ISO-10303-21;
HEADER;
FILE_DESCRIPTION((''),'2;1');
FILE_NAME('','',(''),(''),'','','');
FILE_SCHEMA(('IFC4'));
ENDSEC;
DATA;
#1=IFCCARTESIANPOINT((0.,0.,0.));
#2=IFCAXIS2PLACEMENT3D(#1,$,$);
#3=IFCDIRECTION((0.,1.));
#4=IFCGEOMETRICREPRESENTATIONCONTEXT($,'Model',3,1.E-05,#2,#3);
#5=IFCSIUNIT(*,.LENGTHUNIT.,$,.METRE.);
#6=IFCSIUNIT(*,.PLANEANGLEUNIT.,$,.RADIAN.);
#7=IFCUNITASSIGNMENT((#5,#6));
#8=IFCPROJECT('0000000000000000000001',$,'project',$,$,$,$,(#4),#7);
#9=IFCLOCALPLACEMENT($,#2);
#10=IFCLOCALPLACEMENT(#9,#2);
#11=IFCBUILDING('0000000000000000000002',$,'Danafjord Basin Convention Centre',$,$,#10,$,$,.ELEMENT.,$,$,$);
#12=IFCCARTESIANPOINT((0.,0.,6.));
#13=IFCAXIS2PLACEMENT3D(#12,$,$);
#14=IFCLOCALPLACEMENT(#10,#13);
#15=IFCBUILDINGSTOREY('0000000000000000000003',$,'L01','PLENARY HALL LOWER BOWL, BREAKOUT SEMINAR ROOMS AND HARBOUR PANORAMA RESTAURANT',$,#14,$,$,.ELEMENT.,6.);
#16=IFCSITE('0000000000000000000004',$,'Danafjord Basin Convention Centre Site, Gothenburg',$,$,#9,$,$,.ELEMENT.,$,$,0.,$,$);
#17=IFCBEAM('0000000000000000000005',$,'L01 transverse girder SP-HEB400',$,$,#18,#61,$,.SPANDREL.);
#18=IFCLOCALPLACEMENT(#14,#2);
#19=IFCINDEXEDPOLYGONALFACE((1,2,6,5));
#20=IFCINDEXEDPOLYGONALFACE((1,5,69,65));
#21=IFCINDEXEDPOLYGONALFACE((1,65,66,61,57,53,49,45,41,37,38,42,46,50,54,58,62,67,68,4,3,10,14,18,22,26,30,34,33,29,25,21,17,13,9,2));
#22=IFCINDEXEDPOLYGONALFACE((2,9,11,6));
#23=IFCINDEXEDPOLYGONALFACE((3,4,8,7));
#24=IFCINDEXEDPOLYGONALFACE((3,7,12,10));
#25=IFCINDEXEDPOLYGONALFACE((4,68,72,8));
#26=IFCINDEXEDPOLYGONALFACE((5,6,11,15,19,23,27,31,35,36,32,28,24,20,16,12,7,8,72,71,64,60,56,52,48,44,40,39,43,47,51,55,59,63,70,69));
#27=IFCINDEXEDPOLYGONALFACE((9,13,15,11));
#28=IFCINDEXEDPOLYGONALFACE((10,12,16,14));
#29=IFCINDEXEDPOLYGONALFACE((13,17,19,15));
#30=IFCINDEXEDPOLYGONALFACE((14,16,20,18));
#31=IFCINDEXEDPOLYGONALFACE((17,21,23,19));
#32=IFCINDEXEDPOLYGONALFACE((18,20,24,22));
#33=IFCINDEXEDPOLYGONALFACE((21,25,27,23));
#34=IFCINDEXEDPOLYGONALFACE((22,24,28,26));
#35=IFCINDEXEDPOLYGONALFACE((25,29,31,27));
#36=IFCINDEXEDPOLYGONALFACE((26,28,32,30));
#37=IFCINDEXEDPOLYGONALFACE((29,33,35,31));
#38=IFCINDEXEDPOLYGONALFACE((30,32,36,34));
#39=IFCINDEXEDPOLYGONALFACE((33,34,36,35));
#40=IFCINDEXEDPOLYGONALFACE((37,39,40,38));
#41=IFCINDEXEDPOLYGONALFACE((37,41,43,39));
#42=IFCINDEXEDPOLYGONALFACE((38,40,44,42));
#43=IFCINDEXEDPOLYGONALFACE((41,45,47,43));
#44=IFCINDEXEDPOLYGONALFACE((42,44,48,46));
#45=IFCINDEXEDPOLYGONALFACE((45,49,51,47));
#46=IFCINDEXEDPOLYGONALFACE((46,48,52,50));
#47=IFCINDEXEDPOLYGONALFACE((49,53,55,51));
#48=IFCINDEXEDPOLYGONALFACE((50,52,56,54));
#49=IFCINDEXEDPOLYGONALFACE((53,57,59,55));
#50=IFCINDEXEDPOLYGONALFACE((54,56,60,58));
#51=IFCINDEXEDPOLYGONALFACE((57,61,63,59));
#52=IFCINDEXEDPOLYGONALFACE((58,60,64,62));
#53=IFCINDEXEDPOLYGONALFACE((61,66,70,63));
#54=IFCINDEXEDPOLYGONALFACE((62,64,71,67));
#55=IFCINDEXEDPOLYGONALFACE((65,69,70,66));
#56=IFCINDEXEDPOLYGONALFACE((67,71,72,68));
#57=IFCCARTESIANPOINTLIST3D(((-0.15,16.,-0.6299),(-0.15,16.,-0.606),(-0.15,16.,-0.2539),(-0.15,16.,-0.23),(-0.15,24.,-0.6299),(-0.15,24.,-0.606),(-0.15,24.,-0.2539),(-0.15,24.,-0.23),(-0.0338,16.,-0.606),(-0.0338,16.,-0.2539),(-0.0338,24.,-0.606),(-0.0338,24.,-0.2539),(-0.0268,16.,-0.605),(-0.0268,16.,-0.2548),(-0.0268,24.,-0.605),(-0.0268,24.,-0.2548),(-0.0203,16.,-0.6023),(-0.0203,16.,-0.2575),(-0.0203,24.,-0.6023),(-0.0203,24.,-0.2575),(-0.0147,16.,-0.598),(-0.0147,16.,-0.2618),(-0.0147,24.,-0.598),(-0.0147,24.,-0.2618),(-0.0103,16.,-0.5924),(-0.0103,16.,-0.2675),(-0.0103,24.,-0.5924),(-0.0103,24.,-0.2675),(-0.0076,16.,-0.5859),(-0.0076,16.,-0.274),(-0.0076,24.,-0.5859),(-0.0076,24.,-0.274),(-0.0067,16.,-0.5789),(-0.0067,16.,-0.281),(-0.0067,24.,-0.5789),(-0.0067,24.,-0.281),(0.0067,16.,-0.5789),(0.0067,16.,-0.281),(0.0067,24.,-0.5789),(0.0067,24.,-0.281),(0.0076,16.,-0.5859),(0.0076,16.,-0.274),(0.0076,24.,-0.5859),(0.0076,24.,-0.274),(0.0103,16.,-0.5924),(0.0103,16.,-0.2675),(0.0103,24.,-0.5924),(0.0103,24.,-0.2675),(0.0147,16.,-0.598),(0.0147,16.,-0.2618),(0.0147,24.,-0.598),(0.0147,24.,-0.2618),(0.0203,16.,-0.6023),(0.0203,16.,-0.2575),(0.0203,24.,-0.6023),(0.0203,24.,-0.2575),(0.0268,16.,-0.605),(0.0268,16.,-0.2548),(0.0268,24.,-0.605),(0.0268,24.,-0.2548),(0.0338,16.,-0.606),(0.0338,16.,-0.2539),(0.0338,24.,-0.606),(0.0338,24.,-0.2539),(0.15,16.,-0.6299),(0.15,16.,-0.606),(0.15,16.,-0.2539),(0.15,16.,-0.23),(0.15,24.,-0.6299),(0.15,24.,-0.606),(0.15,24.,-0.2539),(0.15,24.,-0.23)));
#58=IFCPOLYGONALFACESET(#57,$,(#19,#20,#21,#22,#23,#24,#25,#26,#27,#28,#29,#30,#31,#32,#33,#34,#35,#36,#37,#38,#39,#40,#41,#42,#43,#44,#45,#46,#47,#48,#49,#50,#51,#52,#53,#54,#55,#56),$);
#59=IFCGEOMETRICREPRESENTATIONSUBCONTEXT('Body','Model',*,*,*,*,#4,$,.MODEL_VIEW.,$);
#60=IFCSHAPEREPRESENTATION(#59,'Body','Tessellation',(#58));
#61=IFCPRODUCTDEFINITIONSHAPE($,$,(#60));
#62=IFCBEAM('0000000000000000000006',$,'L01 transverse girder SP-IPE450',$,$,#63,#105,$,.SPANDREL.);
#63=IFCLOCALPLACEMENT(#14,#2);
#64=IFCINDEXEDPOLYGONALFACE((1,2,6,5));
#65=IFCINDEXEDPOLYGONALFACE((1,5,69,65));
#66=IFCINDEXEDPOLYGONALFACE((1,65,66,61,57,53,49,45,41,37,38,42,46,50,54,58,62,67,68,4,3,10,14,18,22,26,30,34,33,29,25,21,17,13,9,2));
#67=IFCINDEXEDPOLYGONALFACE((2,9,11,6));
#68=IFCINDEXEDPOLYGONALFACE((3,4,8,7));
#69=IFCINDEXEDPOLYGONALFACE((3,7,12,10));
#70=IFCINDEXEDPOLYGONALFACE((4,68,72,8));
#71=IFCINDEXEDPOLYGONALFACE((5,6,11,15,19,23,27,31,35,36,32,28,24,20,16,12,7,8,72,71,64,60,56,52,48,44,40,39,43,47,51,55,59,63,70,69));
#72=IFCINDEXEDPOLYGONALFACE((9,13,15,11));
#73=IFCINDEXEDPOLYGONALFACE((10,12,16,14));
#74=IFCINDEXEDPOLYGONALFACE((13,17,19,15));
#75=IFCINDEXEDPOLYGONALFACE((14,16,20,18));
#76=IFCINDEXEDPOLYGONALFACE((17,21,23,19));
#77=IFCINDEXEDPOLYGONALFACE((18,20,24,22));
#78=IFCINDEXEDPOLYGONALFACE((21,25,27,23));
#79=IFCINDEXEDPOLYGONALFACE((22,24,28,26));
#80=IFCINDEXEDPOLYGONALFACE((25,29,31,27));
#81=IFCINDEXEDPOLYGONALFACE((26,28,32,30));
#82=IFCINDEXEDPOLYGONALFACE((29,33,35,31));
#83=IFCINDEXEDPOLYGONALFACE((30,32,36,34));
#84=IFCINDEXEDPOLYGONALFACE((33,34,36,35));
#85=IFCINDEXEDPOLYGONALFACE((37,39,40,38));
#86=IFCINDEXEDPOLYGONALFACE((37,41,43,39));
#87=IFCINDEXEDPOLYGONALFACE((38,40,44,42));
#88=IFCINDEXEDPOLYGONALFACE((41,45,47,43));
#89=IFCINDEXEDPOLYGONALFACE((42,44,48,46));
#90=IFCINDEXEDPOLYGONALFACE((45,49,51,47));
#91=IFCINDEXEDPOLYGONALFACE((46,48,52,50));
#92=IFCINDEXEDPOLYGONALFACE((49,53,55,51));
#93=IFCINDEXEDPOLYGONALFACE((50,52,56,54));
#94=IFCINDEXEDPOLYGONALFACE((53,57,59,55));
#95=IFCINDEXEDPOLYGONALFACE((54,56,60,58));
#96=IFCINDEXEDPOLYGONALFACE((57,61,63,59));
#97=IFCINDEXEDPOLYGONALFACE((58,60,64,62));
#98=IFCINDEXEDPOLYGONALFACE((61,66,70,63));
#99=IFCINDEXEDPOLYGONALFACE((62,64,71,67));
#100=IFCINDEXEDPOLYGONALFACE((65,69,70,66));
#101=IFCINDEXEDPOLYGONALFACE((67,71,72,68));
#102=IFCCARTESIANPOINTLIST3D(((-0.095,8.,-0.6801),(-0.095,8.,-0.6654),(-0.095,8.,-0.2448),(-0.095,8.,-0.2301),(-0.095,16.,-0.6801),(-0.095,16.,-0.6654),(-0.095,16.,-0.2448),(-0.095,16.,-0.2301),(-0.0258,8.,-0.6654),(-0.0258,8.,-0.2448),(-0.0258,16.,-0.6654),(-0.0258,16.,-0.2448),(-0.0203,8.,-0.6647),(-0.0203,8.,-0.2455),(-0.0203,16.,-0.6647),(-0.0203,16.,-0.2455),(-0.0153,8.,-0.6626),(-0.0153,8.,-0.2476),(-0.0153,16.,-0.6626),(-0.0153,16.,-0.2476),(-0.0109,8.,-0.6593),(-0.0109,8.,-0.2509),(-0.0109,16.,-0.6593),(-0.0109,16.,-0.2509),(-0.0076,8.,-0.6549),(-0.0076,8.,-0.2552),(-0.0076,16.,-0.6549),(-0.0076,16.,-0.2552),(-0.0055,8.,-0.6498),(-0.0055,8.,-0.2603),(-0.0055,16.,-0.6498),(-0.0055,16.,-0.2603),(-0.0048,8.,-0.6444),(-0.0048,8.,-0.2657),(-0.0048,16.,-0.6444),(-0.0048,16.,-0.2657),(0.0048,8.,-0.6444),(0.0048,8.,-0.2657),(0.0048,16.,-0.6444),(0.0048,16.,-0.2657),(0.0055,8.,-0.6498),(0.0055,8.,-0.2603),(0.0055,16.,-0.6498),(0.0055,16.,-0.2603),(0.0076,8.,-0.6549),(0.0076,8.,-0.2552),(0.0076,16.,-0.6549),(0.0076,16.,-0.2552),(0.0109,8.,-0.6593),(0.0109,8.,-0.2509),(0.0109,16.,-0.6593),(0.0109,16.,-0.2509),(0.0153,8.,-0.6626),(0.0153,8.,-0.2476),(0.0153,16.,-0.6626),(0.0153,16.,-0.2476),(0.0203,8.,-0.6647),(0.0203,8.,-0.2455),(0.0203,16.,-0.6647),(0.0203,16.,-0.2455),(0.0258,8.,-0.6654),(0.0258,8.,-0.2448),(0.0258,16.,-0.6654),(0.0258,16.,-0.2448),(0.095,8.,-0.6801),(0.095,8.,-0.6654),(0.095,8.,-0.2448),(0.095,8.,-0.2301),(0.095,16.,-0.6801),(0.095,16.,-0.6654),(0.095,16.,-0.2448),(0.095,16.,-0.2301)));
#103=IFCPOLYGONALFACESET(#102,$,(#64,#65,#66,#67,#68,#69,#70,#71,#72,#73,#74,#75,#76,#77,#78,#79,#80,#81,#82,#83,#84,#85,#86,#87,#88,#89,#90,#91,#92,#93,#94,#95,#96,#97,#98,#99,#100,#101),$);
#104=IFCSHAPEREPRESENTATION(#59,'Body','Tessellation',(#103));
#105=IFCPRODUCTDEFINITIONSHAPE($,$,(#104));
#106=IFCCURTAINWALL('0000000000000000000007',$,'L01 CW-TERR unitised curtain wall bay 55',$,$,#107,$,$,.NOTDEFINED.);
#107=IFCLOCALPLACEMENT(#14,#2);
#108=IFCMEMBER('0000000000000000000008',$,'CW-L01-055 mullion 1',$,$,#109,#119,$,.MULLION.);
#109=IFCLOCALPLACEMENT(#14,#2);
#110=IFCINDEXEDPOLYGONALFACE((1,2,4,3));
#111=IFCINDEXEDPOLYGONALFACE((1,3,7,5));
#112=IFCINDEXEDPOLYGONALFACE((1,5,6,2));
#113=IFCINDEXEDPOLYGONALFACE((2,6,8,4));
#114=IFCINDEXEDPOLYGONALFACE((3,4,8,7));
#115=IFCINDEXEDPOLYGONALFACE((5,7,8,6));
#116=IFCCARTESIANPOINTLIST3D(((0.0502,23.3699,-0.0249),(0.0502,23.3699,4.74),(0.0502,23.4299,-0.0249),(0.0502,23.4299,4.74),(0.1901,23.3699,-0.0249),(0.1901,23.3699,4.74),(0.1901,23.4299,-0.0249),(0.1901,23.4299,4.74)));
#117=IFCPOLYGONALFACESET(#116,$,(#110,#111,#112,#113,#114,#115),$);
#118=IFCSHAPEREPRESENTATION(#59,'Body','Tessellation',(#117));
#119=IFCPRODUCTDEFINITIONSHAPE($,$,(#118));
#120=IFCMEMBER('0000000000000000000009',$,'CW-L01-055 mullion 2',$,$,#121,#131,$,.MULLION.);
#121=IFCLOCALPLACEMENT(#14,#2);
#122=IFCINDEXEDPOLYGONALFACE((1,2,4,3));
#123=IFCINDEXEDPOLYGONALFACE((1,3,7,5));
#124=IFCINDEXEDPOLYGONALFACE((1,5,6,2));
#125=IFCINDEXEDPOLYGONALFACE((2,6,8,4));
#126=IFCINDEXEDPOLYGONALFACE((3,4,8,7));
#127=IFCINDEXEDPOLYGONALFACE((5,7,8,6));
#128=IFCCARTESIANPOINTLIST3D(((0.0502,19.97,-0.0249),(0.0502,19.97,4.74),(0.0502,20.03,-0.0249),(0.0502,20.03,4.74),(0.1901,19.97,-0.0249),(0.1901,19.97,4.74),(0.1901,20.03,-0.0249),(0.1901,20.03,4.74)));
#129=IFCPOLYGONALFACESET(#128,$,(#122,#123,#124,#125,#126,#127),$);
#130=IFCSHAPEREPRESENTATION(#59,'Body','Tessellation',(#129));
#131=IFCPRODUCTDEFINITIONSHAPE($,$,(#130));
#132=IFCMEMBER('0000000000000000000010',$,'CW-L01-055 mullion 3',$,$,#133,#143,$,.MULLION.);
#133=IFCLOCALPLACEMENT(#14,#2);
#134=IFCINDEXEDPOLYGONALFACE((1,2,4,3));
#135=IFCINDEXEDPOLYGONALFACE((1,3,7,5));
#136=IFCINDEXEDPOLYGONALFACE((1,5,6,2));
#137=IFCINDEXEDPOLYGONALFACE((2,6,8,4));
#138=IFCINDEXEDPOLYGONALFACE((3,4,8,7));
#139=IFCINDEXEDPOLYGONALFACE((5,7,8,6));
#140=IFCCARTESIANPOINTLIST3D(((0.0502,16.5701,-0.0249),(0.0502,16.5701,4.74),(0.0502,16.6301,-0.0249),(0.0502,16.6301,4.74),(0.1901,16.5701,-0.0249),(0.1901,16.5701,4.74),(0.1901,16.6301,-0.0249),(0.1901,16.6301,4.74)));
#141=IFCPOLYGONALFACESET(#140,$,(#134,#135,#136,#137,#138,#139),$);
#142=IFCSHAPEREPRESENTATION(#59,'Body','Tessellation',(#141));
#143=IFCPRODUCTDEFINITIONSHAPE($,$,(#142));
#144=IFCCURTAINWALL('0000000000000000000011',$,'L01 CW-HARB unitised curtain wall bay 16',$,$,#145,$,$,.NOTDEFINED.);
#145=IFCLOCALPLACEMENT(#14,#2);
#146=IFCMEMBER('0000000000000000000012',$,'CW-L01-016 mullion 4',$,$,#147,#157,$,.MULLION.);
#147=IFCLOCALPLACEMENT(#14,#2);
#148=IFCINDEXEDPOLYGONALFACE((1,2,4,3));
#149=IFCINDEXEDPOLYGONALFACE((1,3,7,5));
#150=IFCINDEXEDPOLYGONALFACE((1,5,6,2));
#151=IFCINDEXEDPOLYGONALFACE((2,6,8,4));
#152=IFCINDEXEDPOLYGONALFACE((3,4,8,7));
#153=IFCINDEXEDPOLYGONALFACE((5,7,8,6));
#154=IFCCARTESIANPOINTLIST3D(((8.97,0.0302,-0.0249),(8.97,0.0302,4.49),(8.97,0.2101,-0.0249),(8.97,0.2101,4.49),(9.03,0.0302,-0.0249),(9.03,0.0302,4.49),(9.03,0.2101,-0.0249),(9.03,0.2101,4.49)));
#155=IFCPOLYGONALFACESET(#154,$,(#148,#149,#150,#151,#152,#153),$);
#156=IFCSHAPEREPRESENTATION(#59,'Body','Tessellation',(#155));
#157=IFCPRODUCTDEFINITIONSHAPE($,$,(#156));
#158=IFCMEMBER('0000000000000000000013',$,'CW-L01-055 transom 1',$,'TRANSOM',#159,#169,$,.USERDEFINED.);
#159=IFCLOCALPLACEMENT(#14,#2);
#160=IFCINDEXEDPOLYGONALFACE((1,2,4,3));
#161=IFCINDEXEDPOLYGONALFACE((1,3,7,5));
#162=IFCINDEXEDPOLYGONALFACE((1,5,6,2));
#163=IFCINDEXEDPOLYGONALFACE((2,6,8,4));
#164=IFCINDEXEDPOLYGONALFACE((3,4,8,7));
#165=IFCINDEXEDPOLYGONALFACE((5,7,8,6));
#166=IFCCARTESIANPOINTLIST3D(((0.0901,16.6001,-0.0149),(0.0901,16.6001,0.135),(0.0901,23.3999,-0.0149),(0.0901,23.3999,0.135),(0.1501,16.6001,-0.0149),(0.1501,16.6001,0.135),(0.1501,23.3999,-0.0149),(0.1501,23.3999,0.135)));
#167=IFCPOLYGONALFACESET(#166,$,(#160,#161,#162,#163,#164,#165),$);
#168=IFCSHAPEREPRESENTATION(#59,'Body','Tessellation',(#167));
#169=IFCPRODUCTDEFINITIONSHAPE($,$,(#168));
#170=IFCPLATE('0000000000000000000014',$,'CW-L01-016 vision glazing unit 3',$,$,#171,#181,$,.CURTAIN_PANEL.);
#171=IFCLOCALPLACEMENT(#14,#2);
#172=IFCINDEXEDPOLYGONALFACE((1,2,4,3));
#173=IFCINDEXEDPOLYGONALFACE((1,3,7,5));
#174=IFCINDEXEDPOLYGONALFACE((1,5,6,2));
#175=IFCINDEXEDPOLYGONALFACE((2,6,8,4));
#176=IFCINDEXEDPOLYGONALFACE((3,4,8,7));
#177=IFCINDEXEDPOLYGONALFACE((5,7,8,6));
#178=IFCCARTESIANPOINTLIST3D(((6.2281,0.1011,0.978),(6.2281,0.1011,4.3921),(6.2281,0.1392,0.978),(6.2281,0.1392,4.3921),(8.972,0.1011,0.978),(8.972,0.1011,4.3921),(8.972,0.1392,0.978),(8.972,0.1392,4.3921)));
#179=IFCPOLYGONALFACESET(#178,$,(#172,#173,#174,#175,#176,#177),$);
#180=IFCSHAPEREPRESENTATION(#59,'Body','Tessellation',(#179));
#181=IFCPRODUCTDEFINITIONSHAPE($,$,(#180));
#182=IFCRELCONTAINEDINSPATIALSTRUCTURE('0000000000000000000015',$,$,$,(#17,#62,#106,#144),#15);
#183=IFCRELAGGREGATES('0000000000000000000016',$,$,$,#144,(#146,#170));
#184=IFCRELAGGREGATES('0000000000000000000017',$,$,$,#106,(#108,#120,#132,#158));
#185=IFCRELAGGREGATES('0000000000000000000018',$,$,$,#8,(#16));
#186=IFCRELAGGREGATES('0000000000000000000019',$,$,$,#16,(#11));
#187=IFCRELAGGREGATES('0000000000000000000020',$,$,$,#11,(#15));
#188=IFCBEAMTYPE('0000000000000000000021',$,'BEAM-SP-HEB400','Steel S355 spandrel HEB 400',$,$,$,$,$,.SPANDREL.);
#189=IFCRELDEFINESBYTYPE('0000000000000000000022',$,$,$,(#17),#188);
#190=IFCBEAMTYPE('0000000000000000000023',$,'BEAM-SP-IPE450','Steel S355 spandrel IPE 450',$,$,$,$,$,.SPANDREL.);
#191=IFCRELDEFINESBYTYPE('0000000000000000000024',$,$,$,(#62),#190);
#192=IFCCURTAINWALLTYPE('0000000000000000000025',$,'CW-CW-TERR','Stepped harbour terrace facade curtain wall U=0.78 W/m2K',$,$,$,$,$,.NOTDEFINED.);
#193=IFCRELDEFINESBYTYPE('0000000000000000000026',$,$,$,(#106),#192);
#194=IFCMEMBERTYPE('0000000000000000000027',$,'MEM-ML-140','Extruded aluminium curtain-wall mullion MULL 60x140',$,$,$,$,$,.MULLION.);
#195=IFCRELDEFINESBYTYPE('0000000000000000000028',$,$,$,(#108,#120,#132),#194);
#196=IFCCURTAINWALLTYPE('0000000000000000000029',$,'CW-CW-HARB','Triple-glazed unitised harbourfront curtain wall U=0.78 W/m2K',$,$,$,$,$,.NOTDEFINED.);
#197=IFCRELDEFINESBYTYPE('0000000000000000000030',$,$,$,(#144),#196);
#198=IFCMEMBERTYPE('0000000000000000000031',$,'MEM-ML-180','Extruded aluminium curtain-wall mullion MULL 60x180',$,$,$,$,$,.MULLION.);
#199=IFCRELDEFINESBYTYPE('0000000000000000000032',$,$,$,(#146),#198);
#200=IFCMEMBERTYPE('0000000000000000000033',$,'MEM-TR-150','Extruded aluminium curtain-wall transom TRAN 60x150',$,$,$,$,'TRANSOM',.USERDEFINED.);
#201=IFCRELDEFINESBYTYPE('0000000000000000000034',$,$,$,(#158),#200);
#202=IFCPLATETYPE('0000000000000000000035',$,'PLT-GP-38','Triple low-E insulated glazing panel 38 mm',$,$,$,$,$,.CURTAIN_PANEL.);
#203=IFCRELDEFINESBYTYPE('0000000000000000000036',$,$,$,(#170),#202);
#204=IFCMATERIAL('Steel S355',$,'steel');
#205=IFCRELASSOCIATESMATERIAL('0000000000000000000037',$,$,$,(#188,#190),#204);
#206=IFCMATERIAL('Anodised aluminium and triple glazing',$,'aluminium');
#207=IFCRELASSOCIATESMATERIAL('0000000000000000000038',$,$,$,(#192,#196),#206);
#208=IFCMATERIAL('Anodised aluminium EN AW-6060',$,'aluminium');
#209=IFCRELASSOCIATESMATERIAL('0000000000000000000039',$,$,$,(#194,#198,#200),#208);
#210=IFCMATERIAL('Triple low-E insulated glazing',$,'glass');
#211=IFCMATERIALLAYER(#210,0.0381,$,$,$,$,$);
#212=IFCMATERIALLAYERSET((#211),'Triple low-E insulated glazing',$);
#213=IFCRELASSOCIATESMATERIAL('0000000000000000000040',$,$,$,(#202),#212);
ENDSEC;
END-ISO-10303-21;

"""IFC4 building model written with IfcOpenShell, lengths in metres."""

from ifc_helpers import new_model, si_unit, direction, frame, origin, origin_2d, place, context, subcontext, project, spatial, rectangle, i_section, extrude, material, layer, layer_set, material_profile, profile_set, type_object, element, aggregate, save


model = new_model("IFC4")

# Units and contexts
model_context = context("Model", 3, precision=1e-05, world=origin(), true_north=direction((0.0, 1.0)))
body_context = subcontext(model_context, "Body", "Model", "MODEL_VIEW")
ifc_project = project(units=[si_unit("LENGTHUNIT", "METRE"), si_unit("PLANEANGLEUNIT", "RADIAN")], contexts=[model_context])

# Site, building, storey
site_placement = place(None, origin())
site = spatial("IfcSite", under=ifc_project, at=site_placement, Name="Danafjord Basin Convention Centre Site, Gothenburg", CompositionType="ELEMENT", RefElevation=0.0)
building_placement = place(site_placement, origin())
building = spatial("IfcBuilding", under=site, at=building_placement, Name="Danafjord Basin Convention Centre", CompositionType="ELEMENT")
storey_placement = place(building_placement, frame((0.0, 0.0, 6.0)))
storey = spatial("IfcBuildingStorey", under=building, at=storey_placement, Name="L01", Description="PLENARY HALL LOWER BOWL, BREAKOUT SEMINAR ROOMS AND HARBOUR PANORAMA RESTAURANT", CompositionType="ELEMENT", Elevation=6.0)

# Shared definitions
ifc_material_1 = material(Name="Steel S355", Category="steel")

# Beams
ifc_material_profile_1 = material_profile(ifc_material_1, i_section(OverallWidth=0.3, OverallDepth=0.3999, WebThickness=0.0134, FlangeThickness=0.0239, FilletRadius=0.0271, at=origin_2d()), Name="HEB 400")
ifc_profile_set_1 = profile_set([ifc_material_profile_1], Name="Steel S355")
beam_type_1 = type_object("IfcBeamType", Name="BEAM-SP-HEB400", Description="Steel S355 spandrel HEB 400", PredefinedType="SPANDREL", material=ifc_profile_set_1)
beam_1_placement = place(storey_placement, frame((0.0, 16.0, -0.4299), z_axis=(0.0, 1.0, 0.0), x_axis=(-1.0, 0.0, 0.0)))
element("IfcBeam", 1, at=beam_1_placement, inside=storey, type_object=beam_type_1, Name="L01 transverse girder SP-HEB400", PredefinedType="SPANDREL", context=body_context, shape_type="SweptSolid", body=[
    extrude(i_section(OverallWidth=0.3, OverallDepth=0.3999, WebThickness=0.0134, FlangeThickness=0.0239, FilletRadius=0.0271, at=origin_2d()), origin(), (0.0, 0.0, 1.0), 8.0),
])
ifc_material_profile_2 = material_profile(ifc_material_1, i_section(OverallWidth=0.1899, OverallDepth=0.45, WebThickness=0.0095, FlangeThickness=0.0146, FilletRadius=0.021, at=origin_2d()), Name="IPE 450")
ifc_profile_set_2 = profile_set([ifc_material_profile_2], Name="Steel S355")
beam_type_2 = type_object("IfcBeamType", Name="BEAM-SP-IPE450", Description="Steel S355 spandrel IPE 450", PredefinedType="SPANDREL", material=ifc_profile_set_2)
beam_2_placement = place(storey_placement, frame((0.0, 8.0, -0.4551), z_axis=(0.0, 1.0, 0.0), x_axis=(-1.0, 0.0, 0.0)))
element("IfcBeam", 2, at=beam_2_placement, inside=storey, type_object=beam_type_2, Name="L01 transverse girder SP-IPE450", PredefinedType="SPANDREL", context=body_context, shape_type="SweptSolid", body=[
    extrude(i_section(OverallWidth=0.1899, OverallDepth=0.45, WebThickness=0.0095, FlangeThickness=0.0146, FilletRadius=0.021, at=origin_2d()), origin(), (0.0, 0.0, 1.0), 8.0),
])

# Curtain wall, members
ifc_material_2 = material(Name="Anodised aluminium and triple glazing", Category="aluminium")
curtain_wall_type_1 = type_object("IfcCurtainWallType", Name="CW-CW-TERR", Description="Stepped harbour terrace facade curtain wall U=0.78 W/m2K", PredefinedType="NOTDEFINED", material=ifc_material_2)
curtain_wall_1_placement = place(storey_placement, origin())
curtain_wall_1 = element("IfcCurtainWall", 3, at=curtain_wall_1_placement, inside=storey, type_object=curtain_wall_type_1, Name="L01 CW-TERR unitised curtain wall bay 55", PredefinedType="NOTDEFINED")
ifc_material_3 = material(Name="Anodised aluminium EN AW-6060", Category="aluminium")
ifc_material_profile_3 = material_profile(ifc_material_3, rectangle(XDim=0.0601, YDim=0.1399, at=origin_2d()), Name="MULL 60x140")
ifc_profile_set_3 = profile_set([ifc_material_profile_3], Name="Anodised aluminium EN AW-6060")
member_type_1 = type_object("IfcMemberType", Name="MEM-ML-140", Description="Extruded aluminium curtain-wall mullion MULL 60x140", PredefinedType="MULLION", material=ifc_profile_set_3)
member_1_placement = place(storey_placement, frame((0.1201, 23.3999, -0.0249), z_axis=(0.0, 0.0, 1.0), x_axis=(0.0, -1.0, 0.0)))
member_1 = element("IfcMember", 4, at=member_1_placement, type_object=member_type_1, Name="CW-L01-055 mullion 1", PredefinedType="MULLION", context=body_context, shape_type="SweptSolid", body=[
    extrude(rectangle(XDim=0.0601, YDim=0.1399, at=origin_2d()), origin(), (0.0, 0.0, 1.0), 4.7649),
])
member_2_placement = place(storey_placement, frame((0.1201, 20.0, -0.0249), z_axis=(0.0, 0.0, 1.0), x_axis=(0.0, -1.0, 0.0)))
member_2 = element("IfcMember", 5, at=member_2_placement, type_object=member_type_1, Name="CW-L01-055 mullion 2", PredefinedType="MULLION", context=body_context, shape_type="SweptSolid", body=[
    extrude(rectangle(XDim=0.0601, YDim=0.1399, at=origin_2d()), origin(), (0.0, 0.0, 1.0), 4.7649),
])
member_3_placement = place(storey_placement, frame((0.1201, 16.6001, -0.0249), z_axis=(0.0, 0.0, 1.0), x_axis=(0.0, -1.0, 0.0)))
member_3 = element("IfcMember", 6, at=member_3_placement, type_object=member_type_1, Name="CW-L01-055 mullion 3", PredefinedType="MULLION", context=body_context, shape_type="SweptSolid", body=[
    extrude(rectangle(XDim=0.0601, YDim=0.1399, at=origin_2d()), origin(), (0.0, 0.0, 1.0), 4.7649),
])

# Curtain wall, member
curtain_wall_type_2 = type_object("IfcCurtainWallType", Name="CW-CW-HARB", Description="Triple-glazed unitised harbourfront curtain wall U=0.78 W/m2K", PredefinedType="NOTDEFINED", material=ifc_material_2)
curtain_wall_2_placement = place(storey_placement, origin())
curtain_wall_2 = element("IfcCurtainWall", 7, at=curtain_wall_2_placement, inside=storey, type_object=curtain_wall_type_2, Name="L01 CW-HARB unitised curtain wall bay 16", PredefinedType="NOTDEFINED")
ifc_material_profile_4 = material_profile(ifc_material_3, rectangle(XDim=0.0601, YDim=0.1799, at=origin_2d()), Name="MULL 60x180")
ifc_profile_set_4 = profile_set([ifc_material_profile_4], Name="Anodised aluminium EN AW-6060")
member_type_2 = type_object("IfcMemberType", Name="MEM-ML-180", Description="Extruded aluminium curtain-wall mullion MULL 60x180", PredefinedType="MULLION", material=ifc_profile_set_4)
member_4_placement = place(storey_placement, frame((9.0, 0.1201, -0.0249), z_axis=(0.0, 0.0, 1.0), x_axis=(1.0, 0.0, 0.0)))
member_4 = element("IfcMember", 8, at=member_4_placement, type_object=member_type_2, Name="CW-L01-016 mullion 4", PredefinedType="MULLION", context=body_context, shape_type="SweptSolid", body=[
    extrude(rectangle(XDim=0.0601, YDim=0.1799, at=origin_2d()), origin(), (0.0, 0.0, 1.0), 4.5149),
])

# Member
ifc_material_profile_5 = material_profile(ifc_material_3, rectangle(XDim=0.0601, YDim=0.1499, at=origin_2d()), Name="TRAN 60x150")
ifc_profile_set_5 = profile_set([ifc_material_profile_5], Name="Anodised aluminium EN AW-6060")
member_type_3 = type_object("IfcMemberType", Name="MEM-TR-150", Description="Extruded aluminium curtain-wall transom TRAN 60x150", ElementType="TRANSOM", PredefinedType="USERDEFINED", material=ifc_profile_set_5)
member_5_placement = place(storey_placement, frame((0.1201, 23.3999, 0.0601), z_axis=(0.0, -1.0, 0.0), x_axis=(1.0, 0.0, 0.0)))
member_5 = element("IfcMember", 9, at=member_5_placement, type_object=member_type_3, Name="CW-L01-055 transom 1", ObjectType="TRANSOM", PredefinedType="USERDEFINED", context=body_context, shape_type="SweptSolid", body=[
    extrude(rectangle(XDim=0.0601, YDim=0.1499, at=origin_2d()), origin(), (0.0, 0.0, 1.0), 6.7998),
])

# Plate
ifc_material_4 = material(Name="Triple low-E insulated glazing", Category="glass")
ifc_layer_1 = layer(ifc_material_4, 0.0381)
ifc_layer_set_1 = layer_set([ifc_layer_1], Name="Triple low-E insulated glazing")
plate_type_1 = type_object("IfcPlateType", Name="PLT-GP-38", Description="Triple low-E insulated glazing panel 38 mm", PredefinedType="CURTAIN_PANEL", material=ifc_layer_set_1)
plate_1_placement = place(storey_placement, frame((7.6001, 0.1201, 0.978), z_axis=(0.0, 0.0, 1.0), x_axis=(1.0, 0.0, 0.0)))
plate_1 = element("IfcPlate", 10, at=plate_1_placement, type_object=plate_type_1, Name="CW-L01-016 vision glazing unit 3", PredefinedType="CURTAIN_PANEL", context=body_context, shape_type="SweptSolid", body=[
    extrude(rectangle(XDim=2.7439, YDim=0.0381, at=origin_2d()), origin(), (0.0, 0.0, 1.0), 3.4141),
])
aggregate(curtain_wall_2, [member_4, plate_1])
aggregate(curtain_wall_1, [member_1, member_2, member_3, member_5])

save(model, "model.ifc")
